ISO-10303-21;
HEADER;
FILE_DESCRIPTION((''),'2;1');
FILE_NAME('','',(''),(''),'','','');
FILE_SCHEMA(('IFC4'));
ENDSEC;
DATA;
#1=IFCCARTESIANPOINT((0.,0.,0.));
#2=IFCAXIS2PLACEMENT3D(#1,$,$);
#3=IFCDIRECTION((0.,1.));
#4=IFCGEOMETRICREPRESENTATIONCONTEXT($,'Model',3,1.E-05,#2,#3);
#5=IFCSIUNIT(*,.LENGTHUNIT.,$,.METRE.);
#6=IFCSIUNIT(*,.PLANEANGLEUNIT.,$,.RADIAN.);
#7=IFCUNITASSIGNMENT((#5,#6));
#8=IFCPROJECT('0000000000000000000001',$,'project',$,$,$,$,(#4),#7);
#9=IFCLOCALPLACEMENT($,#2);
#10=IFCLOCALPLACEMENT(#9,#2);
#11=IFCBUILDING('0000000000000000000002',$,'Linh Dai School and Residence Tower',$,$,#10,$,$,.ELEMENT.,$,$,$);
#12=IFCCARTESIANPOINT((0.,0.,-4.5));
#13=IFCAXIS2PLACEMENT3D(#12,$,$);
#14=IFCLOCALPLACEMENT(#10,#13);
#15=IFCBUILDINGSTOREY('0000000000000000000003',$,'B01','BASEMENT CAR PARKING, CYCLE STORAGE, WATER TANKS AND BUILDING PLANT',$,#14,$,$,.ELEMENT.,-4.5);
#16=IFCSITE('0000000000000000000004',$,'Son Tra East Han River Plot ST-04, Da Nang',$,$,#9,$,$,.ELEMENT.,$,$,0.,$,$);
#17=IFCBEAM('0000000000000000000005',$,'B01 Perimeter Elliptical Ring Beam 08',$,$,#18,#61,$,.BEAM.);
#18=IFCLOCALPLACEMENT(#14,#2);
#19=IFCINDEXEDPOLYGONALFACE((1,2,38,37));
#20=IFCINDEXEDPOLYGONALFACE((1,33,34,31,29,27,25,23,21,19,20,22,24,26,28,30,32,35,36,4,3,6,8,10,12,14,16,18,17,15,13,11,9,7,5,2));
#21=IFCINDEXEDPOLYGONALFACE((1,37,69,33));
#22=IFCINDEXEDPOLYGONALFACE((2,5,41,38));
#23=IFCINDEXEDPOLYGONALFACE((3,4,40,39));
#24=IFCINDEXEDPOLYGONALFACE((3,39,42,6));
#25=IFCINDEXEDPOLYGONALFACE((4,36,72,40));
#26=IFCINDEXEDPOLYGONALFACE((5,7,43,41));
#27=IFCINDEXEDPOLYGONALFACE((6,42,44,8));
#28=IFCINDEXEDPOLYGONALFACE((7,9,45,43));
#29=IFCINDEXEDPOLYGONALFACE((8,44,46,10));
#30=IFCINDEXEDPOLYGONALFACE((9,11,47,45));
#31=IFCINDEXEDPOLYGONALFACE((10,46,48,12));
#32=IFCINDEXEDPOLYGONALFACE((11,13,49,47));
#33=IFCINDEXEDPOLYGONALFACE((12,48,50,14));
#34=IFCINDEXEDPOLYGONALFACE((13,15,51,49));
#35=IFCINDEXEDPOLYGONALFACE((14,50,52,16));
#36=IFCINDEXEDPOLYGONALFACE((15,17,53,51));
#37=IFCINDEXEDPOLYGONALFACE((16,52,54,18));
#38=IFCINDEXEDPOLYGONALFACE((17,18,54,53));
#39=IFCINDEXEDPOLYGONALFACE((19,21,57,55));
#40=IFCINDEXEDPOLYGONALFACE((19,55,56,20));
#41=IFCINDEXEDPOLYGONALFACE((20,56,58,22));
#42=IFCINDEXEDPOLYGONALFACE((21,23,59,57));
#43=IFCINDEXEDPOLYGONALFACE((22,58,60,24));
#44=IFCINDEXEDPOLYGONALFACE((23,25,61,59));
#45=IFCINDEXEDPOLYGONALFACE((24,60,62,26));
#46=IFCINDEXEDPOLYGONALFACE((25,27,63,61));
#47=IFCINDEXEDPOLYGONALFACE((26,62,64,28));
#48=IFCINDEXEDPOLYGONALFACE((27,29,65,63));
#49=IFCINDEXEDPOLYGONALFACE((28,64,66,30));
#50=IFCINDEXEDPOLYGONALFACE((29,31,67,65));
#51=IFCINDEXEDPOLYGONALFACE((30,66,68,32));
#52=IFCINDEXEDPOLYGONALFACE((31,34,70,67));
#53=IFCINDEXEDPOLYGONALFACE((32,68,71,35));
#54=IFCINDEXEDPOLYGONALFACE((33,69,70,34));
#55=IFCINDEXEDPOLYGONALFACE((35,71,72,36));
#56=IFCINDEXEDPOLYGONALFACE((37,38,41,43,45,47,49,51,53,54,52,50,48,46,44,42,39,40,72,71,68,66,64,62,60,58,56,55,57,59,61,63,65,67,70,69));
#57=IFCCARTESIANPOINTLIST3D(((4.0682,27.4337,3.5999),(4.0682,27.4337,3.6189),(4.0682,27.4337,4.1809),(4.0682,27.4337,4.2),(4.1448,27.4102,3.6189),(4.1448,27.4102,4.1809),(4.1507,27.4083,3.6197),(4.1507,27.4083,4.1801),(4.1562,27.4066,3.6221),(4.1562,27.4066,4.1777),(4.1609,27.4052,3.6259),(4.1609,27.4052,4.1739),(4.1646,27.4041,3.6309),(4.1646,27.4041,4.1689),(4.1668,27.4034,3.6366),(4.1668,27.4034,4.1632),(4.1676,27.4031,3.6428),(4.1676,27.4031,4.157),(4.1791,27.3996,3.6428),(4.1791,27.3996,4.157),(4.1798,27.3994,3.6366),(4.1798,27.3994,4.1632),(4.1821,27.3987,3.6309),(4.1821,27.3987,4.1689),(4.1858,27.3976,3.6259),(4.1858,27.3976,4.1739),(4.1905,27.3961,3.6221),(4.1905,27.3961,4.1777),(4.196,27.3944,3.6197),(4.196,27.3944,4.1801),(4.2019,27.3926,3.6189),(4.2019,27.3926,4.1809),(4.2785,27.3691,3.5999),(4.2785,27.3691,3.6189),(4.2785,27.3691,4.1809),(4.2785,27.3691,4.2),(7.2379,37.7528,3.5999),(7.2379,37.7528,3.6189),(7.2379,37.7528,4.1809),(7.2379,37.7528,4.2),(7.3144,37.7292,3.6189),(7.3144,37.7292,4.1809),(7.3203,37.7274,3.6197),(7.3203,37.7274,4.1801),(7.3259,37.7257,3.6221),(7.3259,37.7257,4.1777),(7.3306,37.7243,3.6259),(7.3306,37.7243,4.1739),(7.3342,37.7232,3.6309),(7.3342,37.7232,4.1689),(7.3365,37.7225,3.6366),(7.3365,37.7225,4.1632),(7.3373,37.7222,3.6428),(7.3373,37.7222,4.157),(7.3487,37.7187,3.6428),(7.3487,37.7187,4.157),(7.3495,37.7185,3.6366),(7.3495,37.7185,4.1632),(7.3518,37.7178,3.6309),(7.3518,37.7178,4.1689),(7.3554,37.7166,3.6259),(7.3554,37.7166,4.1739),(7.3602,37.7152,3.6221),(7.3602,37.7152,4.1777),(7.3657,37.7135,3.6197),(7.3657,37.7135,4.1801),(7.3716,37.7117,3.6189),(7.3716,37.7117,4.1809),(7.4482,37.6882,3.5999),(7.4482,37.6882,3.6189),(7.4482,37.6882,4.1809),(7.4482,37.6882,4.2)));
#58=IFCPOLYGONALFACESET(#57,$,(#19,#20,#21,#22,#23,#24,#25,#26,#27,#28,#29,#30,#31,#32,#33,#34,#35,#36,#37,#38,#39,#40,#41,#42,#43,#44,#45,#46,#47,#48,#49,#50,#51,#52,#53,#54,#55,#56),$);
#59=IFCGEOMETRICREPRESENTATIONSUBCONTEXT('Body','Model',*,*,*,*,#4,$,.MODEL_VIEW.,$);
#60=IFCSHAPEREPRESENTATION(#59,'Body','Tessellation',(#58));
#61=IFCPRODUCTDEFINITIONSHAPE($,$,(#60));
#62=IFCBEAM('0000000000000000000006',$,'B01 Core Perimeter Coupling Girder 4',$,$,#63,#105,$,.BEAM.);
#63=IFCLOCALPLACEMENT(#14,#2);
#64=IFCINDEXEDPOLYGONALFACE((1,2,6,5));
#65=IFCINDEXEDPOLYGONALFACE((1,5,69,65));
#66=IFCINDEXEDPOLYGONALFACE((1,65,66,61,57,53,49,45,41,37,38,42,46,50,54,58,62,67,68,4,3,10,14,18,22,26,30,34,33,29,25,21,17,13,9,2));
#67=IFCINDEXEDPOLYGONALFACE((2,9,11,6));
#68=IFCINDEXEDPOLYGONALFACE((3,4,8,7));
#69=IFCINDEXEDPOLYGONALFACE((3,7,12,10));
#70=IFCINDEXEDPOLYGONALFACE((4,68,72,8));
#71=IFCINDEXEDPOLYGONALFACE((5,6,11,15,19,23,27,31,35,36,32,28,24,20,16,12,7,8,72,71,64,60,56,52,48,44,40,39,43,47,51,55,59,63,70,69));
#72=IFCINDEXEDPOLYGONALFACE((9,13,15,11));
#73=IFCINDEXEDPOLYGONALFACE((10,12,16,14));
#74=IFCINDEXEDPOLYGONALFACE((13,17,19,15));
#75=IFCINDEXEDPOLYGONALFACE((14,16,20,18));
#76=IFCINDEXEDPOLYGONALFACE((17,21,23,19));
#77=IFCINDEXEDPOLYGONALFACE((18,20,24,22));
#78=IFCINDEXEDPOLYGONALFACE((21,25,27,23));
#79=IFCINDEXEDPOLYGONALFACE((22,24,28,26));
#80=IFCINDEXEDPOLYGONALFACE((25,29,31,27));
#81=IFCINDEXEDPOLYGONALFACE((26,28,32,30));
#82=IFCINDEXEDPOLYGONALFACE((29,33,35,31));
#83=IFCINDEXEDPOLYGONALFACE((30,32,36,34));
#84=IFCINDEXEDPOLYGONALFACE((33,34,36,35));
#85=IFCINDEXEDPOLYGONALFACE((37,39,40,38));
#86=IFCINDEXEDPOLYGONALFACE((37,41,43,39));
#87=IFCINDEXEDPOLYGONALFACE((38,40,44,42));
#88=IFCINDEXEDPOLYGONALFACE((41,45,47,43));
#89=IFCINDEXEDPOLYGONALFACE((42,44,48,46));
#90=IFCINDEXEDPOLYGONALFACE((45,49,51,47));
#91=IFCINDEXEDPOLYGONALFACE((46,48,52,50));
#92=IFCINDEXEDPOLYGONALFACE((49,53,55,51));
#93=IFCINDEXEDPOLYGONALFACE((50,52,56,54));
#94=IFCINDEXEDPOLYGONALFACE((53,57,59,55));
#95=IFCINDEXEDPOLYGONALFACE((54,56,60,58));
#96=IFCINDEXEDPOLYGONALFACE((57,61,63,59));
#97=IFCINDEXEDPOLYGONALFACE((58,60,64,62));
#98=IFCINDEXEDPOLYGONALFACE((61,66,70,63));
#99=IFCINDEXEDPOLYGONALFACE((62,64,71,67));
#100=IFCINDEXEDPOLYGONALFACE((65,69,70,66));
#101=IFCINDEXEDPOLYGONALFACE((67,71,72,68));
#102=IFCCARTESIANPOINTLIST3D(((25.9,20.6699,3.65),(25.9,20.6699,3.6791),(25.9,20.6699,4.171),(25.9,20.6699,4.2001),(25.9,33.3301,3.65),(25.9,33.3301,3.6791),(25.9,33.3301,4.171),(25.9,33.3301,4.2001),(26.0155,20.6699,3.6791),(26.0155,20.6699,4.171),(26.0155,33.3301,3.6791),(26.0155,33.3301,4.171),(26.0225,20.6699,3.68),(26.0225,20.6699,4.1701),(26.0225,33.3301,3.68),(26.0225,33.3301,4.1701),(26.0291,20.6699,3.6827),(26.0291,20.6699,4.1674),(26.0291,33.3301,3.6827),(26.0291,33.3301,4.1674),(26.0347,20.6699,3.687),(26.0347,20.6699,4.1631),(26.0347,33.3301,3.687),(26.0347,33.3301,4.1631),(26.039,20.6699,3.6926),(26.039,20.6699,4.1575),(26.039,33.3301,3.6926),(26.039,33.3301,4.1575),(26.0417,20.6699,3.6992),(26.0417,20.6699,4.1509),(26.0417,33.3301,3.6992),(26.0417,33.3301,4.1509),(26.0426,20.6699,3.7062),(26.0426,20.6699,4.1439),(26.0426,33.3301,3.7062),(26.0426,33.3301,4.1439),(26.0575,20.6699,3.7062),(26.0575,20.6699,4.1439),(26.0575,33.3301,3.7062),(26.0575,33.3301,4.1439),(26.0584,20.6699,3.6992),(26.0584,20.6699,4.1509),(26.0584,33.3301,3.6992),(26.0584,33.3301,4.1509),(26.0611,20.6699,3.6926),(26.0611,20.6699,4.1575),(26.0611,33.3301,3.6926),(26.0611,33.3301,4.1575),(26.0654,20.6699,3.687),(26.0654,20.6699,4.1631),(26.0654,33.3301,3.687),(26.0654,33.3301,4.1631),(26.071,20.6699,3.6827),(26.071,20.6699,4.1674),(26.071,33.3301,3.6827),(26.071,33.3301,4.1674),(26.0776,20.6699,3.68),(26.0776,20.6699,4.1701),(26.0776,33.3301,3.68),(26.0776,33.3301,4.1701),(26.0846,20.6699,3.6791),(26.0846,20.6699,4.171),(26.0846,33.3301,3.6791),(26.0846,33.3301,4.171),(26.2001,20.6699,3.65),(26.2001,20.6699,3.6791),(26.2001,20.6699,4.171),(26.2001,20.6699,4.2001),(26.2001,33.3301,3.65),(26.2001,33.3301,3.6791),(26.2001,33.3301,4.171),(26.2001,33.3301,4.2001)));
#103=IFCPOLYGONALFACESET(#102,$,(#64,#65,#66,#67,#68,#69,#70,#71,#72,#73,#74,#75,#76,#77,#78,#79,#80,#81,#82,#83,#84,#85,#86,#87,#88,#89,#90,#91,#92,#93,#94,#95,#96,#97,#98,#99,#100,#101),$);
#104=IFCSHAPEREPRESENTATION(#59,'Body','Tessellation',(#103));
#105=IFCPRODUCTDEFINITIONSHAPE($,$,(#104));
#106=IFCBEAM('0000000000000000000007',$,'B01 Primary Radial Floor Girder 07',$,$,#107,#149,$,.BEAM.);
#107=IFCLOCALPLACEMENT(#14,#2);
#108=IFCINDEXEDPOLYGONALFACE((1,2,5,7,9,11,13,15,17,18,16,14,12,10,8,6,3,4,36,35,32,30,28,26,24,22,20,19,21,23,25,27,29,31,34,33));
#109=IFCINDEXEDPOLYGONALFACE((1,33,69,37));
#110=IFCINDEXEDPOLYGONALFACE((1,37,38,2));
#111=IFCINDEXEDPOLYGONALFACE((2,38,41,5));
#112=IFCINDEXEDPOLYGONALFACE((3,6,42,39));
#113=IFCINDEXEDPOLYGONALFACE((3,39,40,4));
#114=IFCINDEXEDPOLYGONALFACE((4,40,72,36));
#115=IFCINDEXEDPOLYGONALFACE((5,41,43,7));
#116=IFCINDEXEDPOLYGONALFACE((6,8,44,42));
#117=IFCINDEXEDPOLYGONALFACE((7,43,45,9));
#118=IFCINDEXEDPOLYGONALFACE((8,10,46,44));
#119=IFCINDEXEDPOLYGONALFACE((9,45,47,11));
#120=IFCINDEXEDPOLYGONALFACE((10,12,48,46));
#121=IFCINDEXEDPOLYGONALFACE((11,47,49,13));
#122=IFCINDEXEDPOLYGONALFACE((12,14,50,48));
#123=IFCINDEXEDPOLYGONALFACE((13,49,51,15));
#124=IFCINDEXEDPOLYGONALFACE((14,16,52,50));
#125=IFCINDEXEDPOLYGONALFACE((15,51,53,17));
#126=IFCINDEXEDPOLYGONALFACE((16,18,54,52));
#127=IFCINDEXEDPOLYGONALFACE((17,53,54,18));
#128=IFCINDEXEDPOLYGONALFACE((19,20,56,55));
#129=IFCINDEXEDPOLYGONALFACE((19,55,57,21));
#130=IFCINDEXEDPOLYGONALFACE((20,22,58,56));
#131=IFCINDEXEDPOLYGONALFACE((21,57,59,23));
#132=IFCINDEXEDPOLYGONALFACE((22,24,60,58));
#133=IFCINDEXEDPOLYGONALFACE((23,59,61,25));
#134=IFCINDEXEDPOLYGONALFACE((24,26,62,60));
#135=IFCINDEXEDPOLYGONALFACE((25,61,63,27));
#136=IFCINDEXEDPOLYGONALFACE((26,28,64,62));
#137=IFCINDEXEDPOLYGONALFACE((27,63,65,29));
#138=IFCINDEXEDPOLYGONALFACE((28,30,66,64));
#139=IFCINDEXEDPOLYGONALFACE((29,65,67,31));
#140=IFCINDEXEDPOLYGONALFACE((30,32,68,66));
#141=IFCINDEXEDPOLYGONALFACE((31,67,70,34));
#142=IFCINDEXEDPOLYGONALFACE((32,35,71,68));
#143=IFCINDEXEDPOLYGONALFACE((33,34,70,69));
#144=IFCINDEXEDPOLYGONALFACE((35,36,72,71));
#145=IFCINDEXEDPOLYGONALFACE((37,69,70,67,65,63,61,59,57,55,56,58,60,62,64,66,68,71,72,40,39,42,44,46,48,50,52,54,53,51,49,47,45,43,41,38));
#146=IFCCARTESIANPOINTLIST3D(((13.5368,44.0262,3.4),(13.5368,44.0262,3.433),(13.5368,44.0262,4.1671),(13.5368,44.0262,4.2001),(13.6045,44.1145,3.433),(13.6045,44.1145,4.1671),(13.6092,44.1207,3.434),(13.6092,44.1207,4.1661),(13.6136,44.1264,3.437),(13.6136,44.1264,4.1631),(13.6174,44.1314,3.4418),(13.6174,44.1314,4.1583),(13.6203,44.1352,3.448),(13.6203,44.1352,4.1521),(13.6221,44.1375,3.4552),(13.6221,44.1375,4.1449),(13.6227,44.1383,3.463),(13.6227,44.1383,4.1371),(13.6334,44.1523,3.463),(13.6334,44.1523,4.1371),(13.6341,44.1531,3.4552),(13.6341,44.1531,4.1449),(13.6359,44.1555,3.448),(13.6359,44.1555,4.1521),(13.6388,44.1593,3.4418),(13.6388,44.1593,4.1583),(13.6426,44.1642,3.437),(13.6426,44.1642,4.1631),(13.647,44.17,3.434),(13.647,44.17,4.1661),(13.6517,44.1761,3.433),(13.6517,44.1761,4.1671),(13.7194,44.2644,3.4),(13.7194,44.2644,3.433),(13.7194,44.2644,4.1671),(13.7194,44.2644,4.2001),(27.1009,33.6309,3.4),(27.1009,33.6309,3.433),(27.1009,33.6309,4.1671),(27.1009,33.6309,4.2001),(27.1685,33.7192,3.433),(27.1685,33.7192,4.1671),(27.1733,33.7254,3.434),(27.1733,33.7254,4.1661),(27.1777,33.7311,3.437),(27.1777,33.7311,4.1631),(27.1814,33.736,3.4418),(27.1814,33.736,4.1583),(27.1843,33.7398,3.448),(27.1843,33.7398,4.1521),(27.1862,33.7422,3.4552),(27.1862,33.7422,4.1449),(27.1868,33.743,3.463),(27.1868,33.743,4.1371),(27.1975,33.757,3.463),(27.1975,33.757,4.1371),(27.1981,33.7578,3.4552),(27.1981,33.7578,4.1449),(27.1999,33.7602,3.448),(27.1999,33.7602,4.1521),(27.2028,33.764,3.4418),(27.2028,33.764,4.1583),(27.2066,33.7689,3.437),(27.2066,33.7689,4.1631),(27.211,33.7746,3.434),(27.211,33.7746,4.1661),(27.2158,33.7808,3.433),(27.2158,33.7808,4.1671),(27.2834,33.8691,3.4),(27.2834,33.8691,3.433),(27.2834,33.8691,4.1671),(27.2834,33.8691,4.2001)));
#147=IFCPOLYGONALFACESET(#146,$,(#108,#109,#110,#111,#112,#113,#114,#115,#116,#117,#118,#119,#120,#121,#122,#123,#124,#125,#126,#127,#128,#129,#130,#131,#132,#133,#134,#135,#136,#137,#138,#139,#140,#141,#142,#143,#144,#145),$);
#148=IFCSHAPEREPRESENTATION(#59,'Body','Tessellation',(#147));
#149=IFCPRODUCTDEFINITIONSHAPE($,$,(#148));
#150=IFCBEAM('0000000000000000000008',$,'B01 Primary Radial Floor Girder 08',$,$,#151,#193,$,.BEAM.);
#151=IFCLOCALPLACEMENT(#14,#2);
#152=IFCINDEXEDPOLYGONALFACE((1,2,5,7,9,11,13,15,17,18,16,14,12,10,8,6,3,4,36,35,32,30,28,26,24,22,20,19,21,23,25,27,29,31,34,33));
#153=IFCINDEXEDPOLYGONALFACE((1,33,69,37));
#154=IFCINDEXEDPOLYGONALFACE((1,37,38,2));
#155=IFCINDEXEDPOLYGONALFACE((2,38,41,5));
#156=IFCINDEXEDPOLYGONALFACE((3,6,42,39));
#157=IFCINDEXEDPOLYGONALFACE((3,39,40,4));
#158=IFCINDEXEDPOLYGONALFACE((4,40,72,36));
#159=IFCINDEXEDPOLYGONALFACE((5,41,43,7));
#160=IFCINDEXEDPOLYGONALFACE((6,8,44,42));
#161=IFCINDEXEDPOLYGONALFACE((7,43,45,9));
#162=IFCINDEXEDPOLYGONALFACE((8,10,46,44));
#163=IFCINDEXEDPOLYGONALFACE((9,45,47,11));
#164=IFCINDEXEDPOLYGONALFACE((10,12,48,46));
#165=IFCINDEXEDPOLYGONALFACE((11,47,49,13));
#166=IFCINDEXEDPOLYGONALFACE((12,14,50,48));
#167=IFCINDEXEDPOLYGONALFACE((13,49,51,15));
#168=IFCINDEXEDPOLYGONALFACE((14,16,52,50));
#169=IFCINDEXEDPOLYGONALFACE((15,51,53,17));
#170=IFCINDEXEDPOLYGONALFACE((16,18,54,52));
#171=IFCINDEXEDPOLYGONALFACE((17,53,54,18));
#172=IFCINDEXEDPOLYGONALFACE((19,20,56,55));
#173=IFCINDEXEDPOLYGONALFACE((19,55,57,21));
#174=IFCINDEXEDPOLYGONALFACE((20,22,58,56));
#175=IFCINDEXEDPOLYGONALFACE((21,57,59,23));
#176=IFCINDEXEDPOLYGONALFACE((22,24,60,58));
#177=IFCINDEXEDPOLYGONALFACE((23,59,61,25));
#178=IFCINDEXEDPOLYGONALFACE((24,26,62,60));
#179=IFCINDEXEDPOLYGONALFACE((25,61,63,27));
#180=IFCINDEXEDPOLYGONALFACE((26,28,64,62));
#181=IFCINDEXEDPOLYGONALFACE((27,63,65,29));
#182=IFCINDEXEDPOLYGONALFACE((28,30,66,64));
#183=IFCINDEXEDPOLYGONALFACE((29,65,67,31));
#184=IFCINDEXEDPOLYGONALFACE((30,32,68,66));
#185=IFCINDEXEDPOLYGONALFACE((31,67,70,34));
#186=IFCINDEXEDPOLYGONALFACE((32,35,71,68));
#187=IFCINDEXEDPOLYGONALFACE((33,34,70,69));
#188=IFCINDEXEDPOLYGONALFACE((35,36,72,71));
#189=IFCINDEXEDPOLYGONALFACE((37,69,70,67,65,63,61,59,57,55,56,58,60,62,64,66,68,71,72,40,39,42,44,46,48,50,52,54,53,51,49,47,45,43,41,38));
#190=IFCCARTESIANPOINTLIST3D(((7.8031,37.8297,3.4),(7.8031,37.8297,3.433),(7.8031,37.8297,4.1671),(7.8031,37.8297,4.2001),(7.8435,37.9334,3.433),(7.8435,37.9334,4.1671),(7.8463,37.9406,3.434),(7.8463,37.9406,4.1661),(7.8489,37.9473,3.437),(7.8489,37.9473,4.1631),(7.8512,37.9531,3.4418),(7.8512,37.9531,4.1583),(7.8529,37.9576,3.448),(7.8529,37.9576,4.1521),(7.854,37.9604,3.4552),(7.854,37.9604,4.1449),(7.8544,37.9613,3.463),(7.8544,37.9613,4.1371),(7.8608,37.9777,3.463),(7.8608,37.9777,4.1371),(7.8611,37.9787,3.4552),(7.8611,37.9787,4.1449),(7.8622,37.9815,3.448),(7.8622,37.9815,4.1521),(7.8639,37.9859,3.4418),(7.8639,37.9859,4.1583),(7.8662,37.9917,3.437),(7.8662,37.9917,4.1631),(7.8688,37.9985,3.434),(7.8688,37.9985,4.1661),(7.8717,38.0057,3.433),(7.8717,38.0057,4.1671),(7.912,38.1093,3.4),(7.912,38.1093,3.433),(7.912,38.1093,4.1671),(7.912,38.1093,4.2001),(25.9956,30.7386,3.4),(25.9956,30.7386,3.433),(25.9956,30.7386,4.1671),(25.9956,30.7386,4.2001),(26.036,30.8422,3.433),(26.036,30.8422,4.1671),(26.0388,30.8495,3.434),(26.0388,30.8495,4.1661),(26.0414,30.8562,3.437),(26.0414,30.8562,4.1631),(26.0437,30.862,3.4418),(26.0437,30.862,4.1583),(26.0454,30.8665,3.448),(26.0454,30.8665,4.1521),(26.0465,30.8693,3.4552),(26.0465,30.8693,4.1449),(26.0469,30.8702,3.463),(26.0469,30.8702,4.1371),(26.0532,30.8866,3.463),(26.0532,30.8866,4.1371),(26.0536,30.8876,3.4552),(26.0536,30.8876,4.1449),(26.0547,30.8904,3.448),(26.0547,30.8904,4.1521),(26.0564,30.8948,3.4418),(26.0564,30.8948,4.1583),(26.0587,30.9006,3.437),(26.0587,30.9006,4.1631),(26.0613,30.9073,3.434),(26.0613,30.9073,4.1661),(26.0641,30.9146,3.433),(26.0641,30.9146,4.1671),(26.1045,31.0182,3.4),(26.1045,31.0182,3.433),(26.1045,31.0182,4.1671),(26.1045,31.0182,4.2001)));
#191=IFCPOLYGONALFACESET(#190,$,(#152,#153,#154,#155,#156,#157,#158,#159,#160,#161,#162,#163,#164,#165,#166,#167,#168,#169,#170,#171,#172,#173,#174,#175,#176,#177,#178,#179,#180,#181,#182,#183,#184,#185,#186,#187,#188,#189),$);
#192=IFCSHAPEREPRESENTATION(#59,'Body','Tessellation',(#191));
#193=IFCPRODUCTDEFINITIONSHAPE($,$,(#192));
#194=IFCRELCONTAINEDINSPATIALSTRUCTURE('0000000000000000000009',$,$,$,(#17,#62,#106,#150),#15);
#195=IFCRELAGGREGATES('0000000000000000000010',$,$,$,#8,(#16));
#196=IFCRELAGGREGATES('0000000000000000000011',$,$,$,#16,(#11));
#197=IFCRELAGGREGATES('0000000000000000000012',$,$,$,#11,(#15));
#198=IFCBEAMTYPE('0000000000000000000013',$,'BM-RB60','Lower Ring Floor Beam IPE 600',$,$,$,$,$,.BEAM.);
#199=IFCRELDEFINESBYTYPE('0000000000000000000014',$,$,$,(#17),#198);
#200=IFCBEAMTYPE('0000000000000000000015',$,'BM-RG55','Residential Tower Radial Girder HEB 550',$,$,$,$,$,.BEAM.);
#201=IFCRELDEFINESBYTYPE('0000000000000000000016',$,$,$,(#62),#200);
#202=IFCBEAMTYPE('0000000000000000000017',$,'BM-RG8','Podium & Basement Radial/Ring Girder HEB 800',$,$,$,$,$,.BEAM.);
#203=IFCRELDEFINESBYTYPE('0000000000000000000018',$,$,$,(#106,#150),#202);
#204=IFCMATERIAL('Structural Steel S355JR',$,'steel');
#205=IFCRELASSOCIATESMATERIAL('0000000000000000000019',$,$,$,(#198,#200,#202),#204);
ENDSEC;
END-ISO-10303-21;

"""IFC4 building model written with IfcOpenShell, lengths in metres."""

from ifc_helpers import new_model, si_unit, direction, frame, origin, origin_2d, place, context, subcontext, project, spatial, i_section, extrude, material, material_profile, profile_set, type_object, element, save


model = new_model("IFC4")

# Units and contexts
model_context = context("Model", 3, precision=1e-05, world=origin(), true_north=direction((0.0, 1.0)))
body_context = subcontext(model_context, "Body", "Model", "MODEL_VIEW")
ifc_project = project(units=[si_unit("LENGTHUNIT", "METRE"), si_unit("PLANEANGLEUNIT", "RADIAN")], contexts=[model_context])

# Site, building, storey
site_placement = place(None, origin())
site = spatial("IfcSite", under=ifc_project, at=site_placement, Name="Son Tra East Han River Plot ST-04, Da Nang", CompositionType="ELEMENT", RefElevation=0.0)
building_placement = place(site_placement, origin())
building = spatial("IfcBuilding", under=site, at=building_placement, Name="Linh Dai School and Residence Tower", CompositionType="ELEMENT")
storey_placement = place(building_placement, frame((0.0, 0.0, -4.5)))
storey = spatial("IfcBuildingStorey", under=building, at=storey_placement, Name="B01", Description="BASEMENT CAR PARKING, CYCLE STORAGE, WATER TANKS AND BUILDING PLANT", CompositionType="ELEMENT", Elevation=-4.5)

# Shared definitions
ifc_material_1 = material(Name="Structural Steel S355JR", Category="steel")

# Beams
ifc_material_profile_1 = material_profile(ifc_material_1, i_section(OverallWidth=0.22, OverallDepth=0.6001, WebThickness=0.012, FlangeThickness=0.019, FilletRadius=0.0239, at=origin_2d()), Name="IPE 600")
ifc_profile_set_1 = profile_set([ifc_material_profile_1], Name="Structural Steel S355JR")
beam_type_1 = type_object("IfcBeamType", Name="BM-RB60", Description="Lower Ring Floor Beam IPE 600", PredefinedType="BEAM", material=ifc_profile_set_1)
beam_1_placement = place(storey_placement, frame((7.343, 37.7205, 3.8999), z_axis=(-0.293627, -0.95592, 0.0), x_axis=(0.95592, -0.293627, 0.0)))
element("IfcBeam", 1, at=beam_1_placement, inside=storey, type_object=beam_type_1, Name="B01 Perimeter Elliptical Ring Beam 08", PredefinedType="BEAM", context=body_context, shape_type="SweptSolid", body=[
    extrude(i_section(OverallWidth=0.22, OverallDepth=0.6001, WebThickness=0.012, FlangeThickness=0.019, FilletRadius=0.0239, at=origin_2d()), origin(), (0.0, 0.0, 1.0), 10.7949),
])
ifc_material_profile_2 = material_profile(ifc_material_1, i_section(OverallWidth=0.3, OverallDepth=0.55, WebThickness=0.0149, FlangeThickness=0.0291, FilletRadius=0.0271, at=origin_2d()), Name="HEB 550")
ifc_profile_set_2 = profile_set([ifc_material_profile_2], Name="Structural Steel S355JR")
beam_type_2 = type_object("IfcBeamType", Name="BM-RG55", Description="Residential Tower Radial Girder HEB 550", PredefinedType="BEAM", material=ifc_profile_set_2)
beam_2_placement = place(storey_placement, frame((26.05, 33.3301, 3.925), z_axis=(0.0, -1.0, 0.0), x_axis=(1.0, 0.0, 0.0)))
element("IfcBeam", 2, at=beam_2_placement, inside=storey, type_object=beam_type_2, Name="B01 Core Perimeter Coupling Girder 4", PredefinedType="BEAM", context=body_context, shape_type="SweptSolid", body=[
    extrude(i_section(OverallWidth=0.3, OverallDepth=0.55, WebThickness=0.0149, FlangeThickness=0.0291, FilletRadius=0.0271, at=origin_2d()), origin(), (0.0, 0.0, 1.0), 12.6602),
])
ifc_material_profile_3 = material_profile(ifc_material_1, i_section(OverallWidth=0.3, OverallDepth=0.8, WebThickness=0.0176, FlangeThickness=0.033, FilletRadius=0.03, at=origin_2d()), Name="HEB 800")
ifc_profile_set_3 = profile_set([ifc_material_profile_3], Name="Structural Steel S355JR")
beam_type_3 = type_object("IfcBeamType", Name="BM-RG8", Description="Podium & Basement Radial/Ring Girder HEB 800", PredefinedType="BEAM", material=ifc_profile_set_3)
beam_3_placement = place(storey_placement, frame((27.1921, 33.75, 3.8), z_axis=(-0.793713, 0.608292, 0.0), x_axis=(-0.608292, -0.793713, 0.0)))
element("IfcBeam", 3, at=beam_3_placement, inside=storey, type_object=beam_type_3, Name="B01 Primary Radial Floor Girder 07", PredefinedType="BEAM", context=body_context, shape_type="SweptSolid", body=[
    extrude(i_section(OverallWidth=0.3, OverallDepth=0.8, WebThickness=0.0176, FlangeThickness=0.033, FilletRadius=0.03, at=origin_2d()), origin(), (0.0, 0.0, 1.0), 17.0894),
])
beam_4_placement = place(storey_placement, frame((26.05, 30.8784, 3.8), z_axis=(-0.931723, 0.363169, 0.0), x_axis=(-0.363169, -0.931723, 0.0)))
element("IfcBeam", 4, at=beam_4_placement, inside=storey, type_object=beam_type_3, Name="B01 Primary Radial Floor Girder 08", PredefinedType="BEAM", context=body_context, shape_type="SweptSolid", body=[
    extrude(i_section(OverallWidth=0.3, OverallDepth=0.8, WebThickness=0.0176, FlangeThickness=0.033, FilletRadius=0.03, at=origin_2d()), origin(), (0.0, 0.0, 1.0), 19.5256),
])

save(model, "model.ifc")
